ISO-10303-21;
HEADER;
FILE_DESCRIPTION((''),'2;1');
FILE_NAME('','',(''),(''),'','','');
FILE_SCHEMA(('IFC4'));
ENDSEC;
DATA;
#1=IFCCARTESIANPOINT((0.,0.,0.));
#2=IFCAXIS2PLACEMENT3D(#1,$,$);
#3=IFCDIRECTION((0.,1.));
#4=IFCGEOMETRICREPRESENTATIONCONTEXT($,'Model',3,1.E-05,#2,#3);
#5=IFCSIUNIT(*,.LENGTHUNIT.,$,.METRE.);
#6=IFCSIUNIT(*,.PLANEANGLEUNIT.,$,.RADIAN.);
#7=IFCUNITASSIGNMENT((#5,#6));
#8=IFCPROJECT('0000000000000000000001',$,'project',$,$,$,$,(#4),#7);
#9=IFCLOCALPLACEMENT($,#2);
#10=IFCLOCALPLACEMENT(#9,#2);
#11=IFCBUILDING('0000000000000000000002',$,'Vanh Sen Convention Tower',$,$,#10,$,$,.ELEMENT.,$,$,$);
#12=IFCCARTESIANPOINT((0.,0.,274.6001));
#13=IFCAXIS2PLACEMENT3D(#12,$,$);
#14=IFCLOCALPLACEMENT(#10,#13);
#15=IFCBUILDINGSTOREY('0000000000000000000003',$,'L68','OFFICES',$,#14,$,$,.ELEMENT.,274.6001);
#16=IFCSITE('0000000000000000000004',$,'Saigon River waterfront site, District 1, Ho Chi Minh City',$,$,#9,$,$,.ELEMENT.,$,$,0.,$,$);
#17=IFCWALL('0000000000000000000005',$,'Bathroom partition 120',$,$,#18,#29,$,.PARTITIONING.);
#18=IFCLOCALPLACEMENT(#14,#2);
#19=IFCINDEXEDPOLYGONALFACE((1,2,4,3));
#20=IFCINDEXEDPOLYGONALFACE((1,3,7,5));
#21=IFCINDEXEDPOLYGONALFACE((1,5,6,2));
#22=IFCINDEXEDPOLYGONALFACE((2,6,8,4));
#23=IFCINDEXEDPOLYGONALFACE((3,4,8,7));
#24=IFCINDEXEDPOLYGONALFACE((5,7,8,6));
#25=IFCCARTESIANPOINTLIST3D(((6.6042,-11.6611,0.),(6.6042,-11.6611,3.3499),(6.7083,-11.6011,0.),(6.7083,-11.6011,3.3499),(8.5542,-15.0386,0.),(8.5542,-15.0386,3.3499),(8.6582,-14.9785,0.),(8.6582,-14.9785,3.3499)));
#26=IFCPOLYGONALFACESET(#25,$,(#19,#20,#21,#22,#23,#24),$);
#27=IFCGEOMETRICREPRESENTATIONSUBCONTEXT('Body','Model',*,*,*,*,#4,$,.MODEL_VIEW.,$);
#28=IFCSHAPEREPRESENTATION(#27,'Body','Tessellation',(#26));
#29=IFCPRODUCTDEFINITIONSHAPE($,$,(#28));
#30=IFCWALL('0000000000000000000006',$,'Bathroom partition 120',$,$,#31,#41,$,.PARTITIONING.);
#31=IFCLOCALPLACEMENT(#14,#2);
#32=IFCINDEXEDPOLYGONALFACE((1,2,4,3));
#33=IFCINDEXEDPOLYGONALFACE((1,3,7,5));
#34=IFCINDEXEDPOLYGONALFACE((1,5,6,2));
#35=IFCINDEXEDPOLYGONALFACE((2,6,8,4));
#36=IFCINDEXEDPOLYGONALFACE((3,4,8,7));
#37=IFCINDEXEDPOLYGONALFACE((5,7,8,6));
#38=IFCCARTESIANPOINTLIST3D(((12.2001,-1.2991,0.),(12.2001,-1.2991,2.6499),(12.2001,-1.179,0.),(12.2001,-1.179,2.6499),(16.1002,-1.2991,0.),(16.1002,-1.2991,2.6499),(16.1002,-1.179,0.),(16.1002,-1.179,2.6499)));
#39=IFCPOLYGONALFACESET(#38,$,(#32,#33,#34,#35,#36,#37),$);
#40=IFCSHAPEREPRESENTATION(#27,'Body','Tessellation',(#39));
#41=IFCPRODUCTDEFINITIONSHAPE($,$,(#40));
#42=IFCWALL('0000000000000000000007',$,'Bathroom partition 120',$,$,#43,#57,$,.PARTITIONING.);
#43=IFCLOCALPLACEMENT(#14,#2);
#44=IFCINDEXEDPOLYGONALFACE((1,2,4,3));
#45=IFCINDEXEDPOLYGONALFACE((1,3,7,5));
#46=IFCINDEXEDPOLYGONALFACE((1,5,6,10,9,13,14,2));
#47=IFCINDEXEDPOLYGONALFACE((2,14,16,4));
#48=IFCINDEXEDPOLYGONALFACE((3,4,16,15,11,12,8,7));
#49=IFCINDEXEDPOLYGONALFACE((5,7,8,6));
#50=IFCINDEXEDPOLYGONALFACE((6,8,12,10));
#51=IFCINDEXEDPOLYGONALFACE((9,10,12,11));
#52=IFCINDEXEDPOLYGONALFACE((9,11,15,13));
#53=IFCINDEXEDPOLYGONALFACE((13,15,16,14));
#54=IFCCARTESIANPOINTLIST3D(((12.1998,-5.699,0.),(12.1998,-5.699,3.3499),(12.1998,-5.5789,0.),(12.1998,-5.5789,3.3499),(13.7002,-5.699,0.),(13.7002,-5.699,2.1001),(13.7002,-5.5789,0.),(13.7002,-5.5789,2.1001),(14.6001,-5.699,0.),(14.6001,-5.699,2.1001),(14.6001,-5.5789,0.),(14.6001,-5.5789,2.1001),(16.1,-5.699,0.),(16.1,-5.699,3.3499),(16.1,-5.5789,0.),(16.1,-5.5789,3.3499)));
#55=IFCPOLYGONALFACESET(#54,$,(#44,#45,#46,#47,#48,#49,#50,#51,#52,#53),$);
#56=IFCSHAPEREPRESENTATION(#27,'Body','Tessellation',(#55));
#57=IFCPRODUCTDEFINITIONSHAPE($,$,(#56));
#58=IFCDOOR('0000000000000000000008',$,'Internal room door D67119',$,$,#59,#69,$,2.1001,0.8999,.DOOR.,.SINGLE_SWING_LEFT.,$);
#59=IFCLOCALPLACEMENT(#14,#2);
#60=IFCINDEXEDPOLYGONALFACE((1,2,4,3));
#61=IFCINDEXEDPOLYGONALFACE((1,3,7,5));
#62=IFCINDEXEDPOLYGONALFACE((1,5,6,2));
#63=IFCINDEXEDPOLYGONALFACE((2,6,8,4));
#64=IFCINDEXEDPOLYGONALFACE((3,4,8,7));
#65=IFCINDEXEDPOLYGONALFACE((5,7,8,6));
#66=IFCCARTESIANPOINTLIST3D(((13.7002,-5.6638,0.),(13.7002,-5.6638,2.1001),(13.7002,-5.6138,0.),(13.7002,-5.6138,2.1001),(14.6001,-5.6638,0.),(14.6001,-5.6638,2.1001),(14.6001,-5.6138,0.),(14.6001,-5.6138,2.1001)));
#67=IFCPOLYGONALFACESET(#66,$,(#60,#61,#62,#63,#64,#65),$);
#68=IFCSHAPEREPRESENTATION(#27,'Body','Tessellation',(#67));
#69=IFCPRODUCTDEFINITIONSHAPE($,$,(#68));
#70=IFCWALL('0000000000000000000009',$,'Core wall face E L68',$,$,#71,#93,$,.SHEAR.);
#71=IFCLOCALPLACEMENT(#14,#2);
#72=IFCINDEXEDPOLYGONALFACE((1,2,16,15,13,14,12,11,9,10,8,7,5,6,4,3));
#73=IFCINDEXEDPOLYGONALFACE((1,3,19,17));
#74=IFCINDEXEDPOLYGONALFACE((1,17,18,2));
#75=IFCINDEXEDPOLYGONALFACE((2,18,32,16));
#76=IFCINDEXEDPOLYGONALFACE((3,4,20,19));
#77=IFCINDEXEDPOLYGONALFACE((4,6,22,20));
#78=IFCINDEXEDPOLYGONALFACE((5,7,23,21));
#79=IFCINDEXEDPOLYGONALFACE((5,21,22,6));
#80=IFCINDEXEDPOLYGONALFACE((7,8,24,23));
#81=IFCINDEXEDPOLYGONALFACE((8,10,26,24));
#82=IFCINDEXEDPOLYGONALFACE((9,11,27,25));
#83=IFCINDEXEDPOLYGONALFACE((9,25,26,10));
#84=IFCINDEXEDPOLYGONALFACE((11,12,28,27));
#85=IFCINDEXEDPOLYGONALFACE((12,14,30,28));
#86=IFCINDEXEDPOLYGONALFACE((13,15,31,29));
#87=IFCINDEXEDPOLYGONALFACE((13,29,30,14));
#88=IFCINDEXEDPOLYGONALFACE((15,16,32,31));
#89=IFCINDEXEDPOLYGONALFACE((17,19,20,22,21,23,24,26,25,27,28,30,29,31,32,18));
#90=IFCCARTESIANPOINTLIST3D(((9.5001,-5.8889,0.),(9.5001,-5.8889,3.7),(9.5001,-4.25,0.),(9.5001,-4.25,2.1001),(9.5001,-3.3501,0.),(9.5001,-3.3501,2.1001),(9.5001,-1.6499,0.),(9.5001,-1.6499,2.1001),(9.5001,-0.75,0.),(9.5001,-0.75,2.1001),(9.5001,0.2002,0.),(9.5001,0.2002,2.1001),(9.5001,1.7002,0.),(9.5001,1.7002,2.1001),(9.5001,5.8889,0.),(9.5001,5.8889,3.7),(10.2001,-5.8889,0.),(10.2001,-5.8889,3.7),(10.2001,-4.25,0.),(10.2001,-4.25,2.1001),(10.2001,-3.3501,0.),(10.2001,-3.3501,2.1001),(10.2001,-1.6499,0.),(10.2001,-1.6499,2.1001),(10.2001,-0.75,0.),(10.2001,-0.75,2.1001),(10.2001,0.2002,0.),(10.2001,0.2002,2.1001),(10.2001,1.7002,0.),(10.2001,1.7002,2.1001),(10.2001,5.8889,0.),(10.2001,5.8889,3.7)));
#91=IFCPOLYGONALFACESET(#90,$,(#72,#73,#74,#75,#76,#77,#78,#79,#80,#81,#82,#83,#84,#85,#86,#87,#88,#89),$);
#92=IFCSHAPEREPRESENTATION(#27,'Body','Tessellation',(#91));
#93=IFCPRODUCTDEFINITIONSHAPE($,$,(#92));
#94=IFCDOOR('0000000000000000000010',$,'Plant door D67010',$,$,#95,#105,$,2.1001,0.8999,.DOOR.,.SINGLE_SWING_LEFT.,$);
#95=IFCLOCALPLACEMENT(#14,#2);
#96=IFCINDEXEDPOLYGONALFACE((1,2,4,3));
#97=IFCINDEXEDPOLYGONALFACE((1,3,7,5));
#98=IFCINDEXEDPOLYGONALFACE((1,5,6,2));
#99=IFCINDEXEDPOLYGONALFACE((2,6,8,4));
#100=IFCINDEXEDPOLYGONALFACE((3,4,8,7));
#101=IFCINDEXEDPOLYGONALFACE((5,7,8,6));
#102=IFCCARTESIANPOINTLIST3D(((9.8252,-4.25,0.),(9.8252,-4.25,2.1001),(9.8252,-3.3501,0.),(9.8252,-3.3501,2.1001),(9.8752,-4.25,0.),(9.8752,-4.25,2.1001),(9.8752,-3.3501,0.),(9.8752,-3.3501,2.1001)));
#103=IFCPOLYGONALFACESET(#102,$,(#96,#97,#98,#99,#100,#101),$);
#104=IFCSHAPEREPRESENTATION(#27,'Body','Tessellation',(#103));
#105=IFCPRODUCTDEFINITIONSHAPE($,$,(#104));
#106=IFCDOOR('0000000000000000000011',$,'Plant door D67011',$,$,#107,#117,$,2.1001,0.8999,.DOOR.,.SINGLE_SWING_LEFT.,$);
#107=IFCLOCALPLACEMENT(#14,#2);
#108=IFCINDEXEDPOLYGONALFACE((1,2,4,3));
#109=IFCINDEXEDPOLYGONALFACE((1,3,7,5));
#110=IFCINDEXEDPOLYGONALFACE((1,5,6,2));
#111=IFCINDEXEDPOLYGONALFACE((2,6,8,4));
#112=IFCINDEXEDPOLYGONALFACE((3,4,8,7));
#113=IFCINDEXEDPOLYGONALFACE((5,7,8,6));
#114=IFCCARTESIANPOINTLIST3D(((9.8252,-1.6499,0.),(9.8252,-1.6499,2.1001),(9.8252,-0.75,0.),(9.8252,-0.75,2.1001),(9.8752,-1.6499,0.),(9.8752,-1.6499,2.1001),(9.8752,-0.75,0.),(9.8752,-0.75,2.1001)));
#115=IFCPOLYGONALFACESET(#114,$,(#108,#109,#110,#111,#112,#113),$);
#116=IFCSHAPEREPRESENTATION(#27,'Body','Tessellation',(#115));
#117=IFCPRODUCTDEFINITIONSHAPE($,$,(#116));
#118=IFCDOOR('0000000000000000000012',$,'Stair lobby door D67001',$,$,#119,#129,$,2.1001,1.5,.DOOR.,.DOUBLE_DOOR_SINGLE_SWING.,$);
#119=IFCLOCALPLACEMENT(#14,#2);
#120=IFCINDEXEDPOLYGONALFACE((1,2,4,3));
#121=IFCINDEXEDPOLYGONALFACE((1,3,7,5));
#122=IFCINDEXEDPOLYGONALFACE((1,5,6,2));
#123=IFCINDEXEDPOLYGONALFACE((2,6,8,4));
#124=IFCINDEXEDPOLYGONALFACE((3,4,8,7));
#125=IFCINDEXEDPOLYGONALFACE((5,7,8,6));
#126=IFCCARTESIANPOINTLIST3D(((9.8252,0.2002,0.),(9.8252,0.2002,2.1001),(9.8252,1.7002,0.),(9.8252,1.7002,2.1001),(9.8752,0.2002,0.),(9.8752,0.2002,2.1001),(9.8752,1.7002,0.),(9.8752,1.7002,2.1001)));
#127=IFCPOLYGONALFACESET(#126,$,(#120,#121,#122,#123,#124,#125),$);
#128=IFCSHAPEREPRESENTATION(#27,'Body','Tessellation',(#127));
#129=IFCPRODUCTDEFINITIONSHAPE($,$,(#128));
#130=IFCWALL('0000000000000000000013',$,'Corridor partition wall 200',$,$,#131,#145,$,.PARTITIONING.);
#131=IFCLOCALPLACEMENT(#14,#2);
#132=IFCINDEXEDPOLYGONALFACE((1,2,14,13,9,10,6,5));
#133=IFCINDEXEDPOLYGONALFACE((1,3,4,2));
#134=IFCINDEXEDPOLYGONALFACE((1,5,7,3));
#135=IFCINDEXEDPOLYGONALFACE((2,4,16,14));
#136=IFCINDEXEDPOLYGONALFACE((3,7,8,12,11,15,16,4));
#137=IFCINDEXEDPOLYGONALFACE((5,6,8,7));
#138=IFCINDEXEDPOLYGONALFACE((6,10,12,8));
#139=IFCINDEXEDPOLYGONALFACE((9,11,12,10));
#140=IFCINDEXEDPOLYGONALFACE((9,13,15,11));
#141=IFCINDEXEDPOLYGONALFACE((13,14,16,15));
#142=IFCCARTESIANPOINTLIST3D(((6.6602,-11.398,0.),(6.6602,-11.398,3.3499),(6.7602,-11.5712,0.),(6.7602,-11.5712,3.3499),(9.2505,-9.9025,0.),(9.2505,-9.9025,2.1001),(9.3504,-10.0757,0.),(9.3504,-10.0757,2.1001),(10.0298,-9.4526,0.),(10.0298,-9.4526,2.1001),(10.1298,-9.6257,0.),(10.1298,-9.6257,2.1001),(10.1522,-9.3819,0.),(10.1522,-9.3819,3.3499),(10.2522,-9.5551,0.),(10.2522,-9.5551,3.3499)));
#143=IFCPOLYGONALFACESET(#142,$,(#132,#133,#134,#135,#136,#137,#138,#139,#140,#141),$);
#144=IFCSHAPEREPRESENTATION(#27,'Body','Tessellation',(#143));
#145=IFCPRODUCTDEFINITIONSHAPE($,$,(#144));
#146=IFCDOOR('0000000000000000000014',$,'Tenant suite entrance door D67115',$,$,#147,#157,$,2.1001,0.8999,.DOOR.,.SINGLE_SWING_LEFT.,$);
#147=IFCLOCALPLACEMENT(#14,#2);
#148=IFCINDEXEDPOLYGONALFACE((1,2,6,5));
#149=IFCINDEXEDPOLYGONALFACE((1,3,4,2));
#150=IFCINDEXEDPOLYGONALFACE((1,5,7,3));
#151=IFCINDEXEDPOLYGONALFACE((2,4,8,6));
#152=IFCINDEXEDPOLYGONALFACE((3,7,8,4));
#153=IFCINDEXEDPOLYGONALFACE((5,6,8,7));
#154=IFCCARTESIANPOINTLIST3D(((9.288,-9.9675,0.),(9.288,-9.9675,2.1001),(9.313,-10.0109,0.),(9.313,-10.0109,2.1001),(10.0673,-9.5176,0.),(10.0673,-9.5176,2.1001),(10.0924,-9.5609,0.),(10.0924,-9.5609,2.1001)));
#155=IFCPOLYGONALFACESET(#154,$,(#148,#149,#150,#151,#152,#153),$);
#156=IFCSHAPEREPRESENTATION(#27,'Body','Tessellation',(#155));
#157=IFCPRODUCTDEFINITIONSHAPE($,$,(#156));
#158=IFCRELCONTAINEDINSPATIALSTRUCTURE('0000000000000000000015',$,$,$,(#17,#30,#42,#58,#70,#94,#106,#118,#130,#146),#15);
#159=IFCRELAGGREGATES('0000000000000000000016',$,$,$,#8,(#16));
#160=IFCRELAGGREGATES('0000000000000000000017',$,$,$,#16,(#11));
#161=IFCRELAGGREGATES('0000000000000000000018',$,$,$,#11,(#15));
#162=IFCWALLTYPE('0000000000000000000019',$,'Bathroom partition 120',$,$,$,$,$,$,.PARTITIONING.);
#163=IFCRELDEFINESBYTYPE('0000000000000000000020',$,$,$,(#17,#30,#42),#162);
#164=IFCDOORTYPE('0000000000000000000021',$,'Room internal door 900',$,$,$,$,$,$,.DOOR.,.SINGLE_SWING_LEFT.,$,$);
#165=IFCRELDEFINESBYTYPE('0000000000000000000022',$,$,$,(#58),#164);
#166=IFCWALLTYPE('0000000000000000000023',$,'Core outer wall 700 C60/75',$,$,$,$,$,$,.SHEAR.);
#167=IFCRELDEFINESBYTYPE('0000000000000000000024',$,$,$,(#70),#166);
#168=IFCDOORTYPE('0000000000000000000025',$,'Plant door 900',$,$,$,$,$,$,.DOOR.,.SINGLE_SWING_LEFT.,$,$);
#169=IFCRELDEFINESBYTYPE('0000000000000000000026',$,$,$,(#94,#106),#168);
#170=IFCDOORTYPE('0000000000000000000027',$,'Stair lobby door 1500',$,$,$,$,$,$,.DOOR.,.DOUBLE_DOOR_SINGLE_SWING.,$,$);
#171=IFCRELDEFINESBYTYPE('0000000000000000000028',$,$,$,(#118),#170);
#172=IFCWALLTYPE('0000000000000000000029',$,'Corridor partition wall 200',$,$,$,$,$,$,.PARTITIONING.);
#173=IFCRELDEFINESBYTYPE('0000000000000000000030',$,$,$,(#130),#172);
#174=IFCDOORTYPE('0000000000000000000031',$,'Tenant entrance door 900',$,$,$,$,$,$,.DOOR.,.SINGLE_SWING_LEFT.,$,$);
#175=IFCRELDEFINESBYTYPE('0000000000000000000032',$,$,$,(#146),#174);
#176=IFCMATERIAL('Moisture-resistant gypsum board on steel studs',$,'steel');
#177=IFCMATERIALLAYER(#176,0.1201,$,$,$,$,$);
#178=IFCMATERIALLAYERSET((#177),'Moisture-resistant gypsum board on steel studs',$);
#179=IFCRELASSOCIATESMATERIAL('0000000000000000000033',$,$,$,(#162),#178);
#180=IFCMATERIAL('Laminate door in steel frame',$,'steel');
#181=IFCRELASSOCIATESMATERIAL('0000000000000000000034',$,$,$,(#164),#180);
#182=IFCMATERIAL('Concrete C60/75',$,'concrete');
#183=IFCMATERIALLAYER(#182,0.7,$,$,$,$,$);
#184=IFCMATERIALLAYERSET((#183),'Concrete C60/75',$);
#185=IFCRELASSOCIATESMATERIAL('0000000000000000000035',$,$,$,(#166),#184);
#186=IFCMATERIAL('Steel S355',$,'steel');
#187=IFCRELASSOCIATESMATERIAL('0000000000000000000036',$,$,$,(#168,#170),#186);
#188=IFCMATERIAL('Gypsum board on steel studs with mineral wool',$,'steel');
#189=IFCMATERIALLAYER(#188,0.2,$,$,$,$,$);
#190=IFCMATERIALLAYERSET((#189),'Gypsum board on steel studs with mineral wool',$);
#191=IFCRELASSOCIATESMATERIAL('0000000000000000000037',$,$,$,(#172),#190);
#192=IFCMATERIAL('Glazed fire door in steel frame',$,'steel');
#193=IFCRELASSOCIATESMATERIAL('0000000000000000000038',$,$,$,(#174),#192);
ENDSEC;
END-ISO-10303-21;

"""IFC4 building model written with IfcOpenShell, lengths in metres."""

from ifc_helpers import new_model, si_unit, direction, frame, frame_2d, origin, place, context, subcontext, project, spatial, rectangle, extrude, material, layer, layer_set, type_object, element, fill, save


model = new_model("IFC4")

# Units and contexts
model_context = context("Model", 3, precision=1e-05, world=origin(), true_north=direction((0.0, 1.0)))
body_context = subcontext(model_context, "Body", "Model", "MODEL_VIEW")
ifc_project = project(units=[si_unit("LENGTHUNIT", "METRE"), si_unit("PLANEANGLEUNIT", "RADIAN")], contexts=[model_context])

# Site, building, storey
site_placement = place(None, origin())
site = spatial("IfcSite", under=ifc_project, at=site_placement, Name="Saigon River waterfront site, District 1, Ho Chi Minh City", CompositionType="ELEMENT", RefElevation=0.0)
building_placement = place(site_placement, origin())
building = spatial("IfcBuilding", under=site, at=building_placement, Name="Vanh Sen Convention Tower", CompositionType="ELEMENT")
storey_placement = place(building_placement, frame((0.0, 0.0, 274.6001)))
storey = spatial("IfcBuildingStorey", under=building, at=storey_placement, Name="L68", Description="OFFICES", CompositionType="ELEMENT", Elevation=274.6001)

# Walls
ifc_material_1 = material(Name="Moisture-resistant gypsum board on steel studs", Category="steel")
ifc_layer_1 = layer(ifc_material_1, 0.1201)
ifc_layer_set_1 = layer_set([ifc_layer_1], Name="Moisture-resistant gypsum board on steel studs")
wall_type_1 = type_object("IfcWallType", Name="Bathroom partition 120", PredefinedType="PARTITIONING", material=ifc_layer_set_1)
wall_1_placement = place(storey_placement, frame((6.6562, -11.6311, 0.0), z_axis=(0.0, 0.0, 1.0), x_axis=(0.499997, -0.866027, 0.0)))
element("IfcWall", 1, at=wall_1_placement, inside=storey, type_object=wall_type_1, Name="Bathroom partition 120", PredefinedType="PARTITIONING", context=body_context, shape_type="SweptSolid", body=[
    extrude(rectangle(XDim=3.8999, YDim=0.1201, at=frame_2d((1.95, 0.0))), origin(), (0.0, 0.0, 1.0), 3.3499),
])
wall_2_placement = place(storey_placement, frame((12.2, -1.239, 0.0), z_axis=(0.0, 0.0, 1.0), x_axis=(1.0, 0.0, 0.0)))
element("IfcWall", 2, at=wall_2_placement, inside=storey, type_object=wall_type_1, Name="Bathroom partition 120", PredefinedType="PARTITIONING", context=body_context, shape_type="SweptSolid", body=[
    extrude(rectangle(XDim=3.9001, YDim=0.1201, at=frame_2d((1.9502, 0.0))), origin(), (0.0, 0.0, 1.0), 2.6499),
])

# Wall, opening, door
wall_3_placement = place(storey_placement, frame((16.1001, -5.6389, 0.0), z_axis=(0.0, 0.0, 1.0), x_axis=(-1.0, 0.0, 0.0)))
wall_3 = element("IfcWall", 3, at=wall_3_placement, inside=storey, type_object=wall_type_1, Name="Bathroom partition 120", PredefinedType="PARTITIONING", context=body_context, shape_type="SweptSolid", body=[
    extrude(rectangle(XDim=3.9001, YDim=0.1201, at=frame_2d((1.9502, 0.0))), origin(), (0.0, 0.0, 1.0), 3.3499),
])
opening_1_placement = place(wall_3_placement, frame((1.5, 0.0, 0.0)))
opening_1 = element("IfcOpeningElement", 4, at=opening_1_placement, cuts=wall_3, PredefinedType="OPENING", context=body_context, shape_type="SweptSolid", body=[
    extrude(rectangle(XDim=0.8999, YDim=2.1001, at=frame_2d((0.45, 1.05))), frame((0.0, 0.0701, 0.0), z_axis=(0.0, -1.0, 0.0), x_axis=(1.0, 0.0, 0.0)), (0.0, 0.0, 1.0), 0.1401),
])
ifc_material_2 = material(Name="Laminate door in steel frame", Category="steel")
door_type_1 = type_object("IfcDoorType", Name="Room internal door 900", OperationType="SINGLE_SWING_LEFT", PredefinedType="DOOR", material=ifc_material_2)
door_1_placement = place(opening_1_placement, origin())
door_1 = element("IfcDoor", 5, at=door_1_placement, inside=storey, type_object=door_type_1, Name="Internal room door D67119", OperationType="SINGLE_SWING_LEFT", OverallHeight=2.1001, OverallWidth=0.8999, PredefinedType="DOOR", context=body_context, shape_type="SweptSolid", body=[
    extrude(rectangle(XDim=0.8999, YDim=2.1001, at=frame_2d((0.45, 1.05))), frame((0.0, 0.0249, 0.0), z_axis=(0.0, -1.0, 0.0), x_axis=(1.0, 0.0, 0.0)), (0.0, 0.0, 1.0), 0.05),
])
fill(opening_1, door_1)

# Wall, openings, doors
ifc_material_3 = material(Name="Concrete C60/75", Category="concrete")
ifc_layer_2 = layer(ifc_material_3, 0.7)
ifc_layer_set_2 = layer_set([ifc_layer_2], Name="Concrete C60/75")
wall_type_2 = type_object("IfcWallType", Name="Core outer wall 700 C60/75", PredefinedType="SHEAR", material=ifc_layer_set_2)
wall_4_placement = place(storey_placement, frame((9.8501, -5.8889, 0.0), z_axis=(0.0, 0.0, 1.0), x_axis=(0.0, 1.0, 0.0)))
wall_4 = element("IfcWall", 6, at=wall_4_placement, inside=storey, type_object=wall_type_2, Name="Core wall face E L68", PredefinedType="SHEAR", context=body_context, shape_type="SweptSolid", body=[
    extrude(rectangle(XDim=11.7778, YDim=0.7, at=frame_2d((5.8889, 0.0))), origin(), (0.0, 0.0, 1.0), 3.7),
])
opening_2_placement = place(wall_4_placement, frame((6.0891, 0.0, 0.0)))
opening_2 = element("IfcOpeningElement", 7, at=opening_2_placement, cuts=wall_4, PredefinedType="OPENING", context=body_context, shape_type="SweptSolid", body=[
    extrude(rectangle(XDim=1.5, YDim=2.1001, at=frame_2d((0.75, 1.05))), frame((0.0, 0.3599, 0.0), z_axis=(0.0, -1.0, 0.0), x_axis=(1.0, 0.0, 0.0)), (0.0, 0.0, 1.0), 0.72),
])
opening_3_placement = place(wall_4_placement, frame((1.6389, 0.0, 0.0)))
opening_3 = element("IfcOpeningElement", 8, at=opening_3_placement, cuts=wall_4, PredefinedType="OPENING", context=body_context, shape_type="SweptSolid", body=[
    extrude(rectangle(XDim=0.8999, YDim=2.1001, at=frame_2d((0.45, 1.05))), frame((0.0, 0.3599, 0.0), z_axis=(0.0, -1.0, 0.0), x_axis=(1.0, 0.0, 0.0)), (0.0, 0.0, 1.0), 0.72),
])
opening_4_placement = place(wall_4_placement, frame((4.239, 0.0, 0.0)))
opening_4 = element("IfcOpeningElement", 9, at=opening_4_placement, cuts=wall_4, PredefinedType="OPENING", context=body_context, shape_type="SweptSolid", body=[
    extrude(rectangle(XDim=0.8999, YDim=2.1001, at=frame_2d((0.45, 1.05))), frame((0.0, 0.3599, 0.0), z_axis=(0.0, -1.0, 0.0), x_axis=(1.0, 0.0, 0.0)), (0.0, 0.0, 1.0), 0.72),
])
ifc_material_4 = material(Name="Steel S355", Category="steel")
door_type_2 = type_object("IfcDoorType", Name="Plant door 900", OperationType="SINGLE_SWING_LEFT", PredefinedType="DOOR", material=ifc_material_4)
door_2_placement = place(opening_3_placement, origin())
door_2 = element("IfcDoor", 10, at=door_2_placement, inside=storey, type_object=door_type_2, Name="Plant door D67010", OperationType="SINGLE_SWING_LEFT", OverallHeight=2.1001, OverallWidth=0.8999, PredefinedType="DOOR", context=body_context, shape_type="SweptSolid", body=[
    extrude(rectangle(XDim=0.8999, YDim=2.1001, at=frame_2d((0.45, 1.05))), frame((0.0, 0.0249, 0.0), z_axis=(0.0, -1.0, 0.0), x_axis=(1.0, 0.0, 0.0)), (0.0, 0.0, 1.0), 0.05),
])
fill(opening_3, door_2)
door_3_placement = place(opening_4_placement, origin())
door_3 = element("IfcDoor", 11, at=door_3_placement, inside=storey, type_object=door_type_2, Name="Plant door D67011", OperationType="SINGLE_SWING_LEFT", OverallHeight=2.1001, OverallWidth=0.8999, PredefinedType="DOOR", context=body_context, shape_type="SweptSolid", body=[
    extrude(rectangle(XDim=0.8999, YDim=2.1001, at=frame_2d((0.45, 1.05))), frame((0.0, 0.0249, 0.0), z_axis=(0.0, -1.0, 0.0), x_axis=(1.0, 0.0, 0.0)), (0.0, 0.0, 1.0), 0.05),
])
fill(opening_4, door_3)
door_type_3 = type_object("IfcDoorType", Name="Stair lobby door 1500", OperationType="DOUBLE_DOOR_SINGLE_SWING", PredefinedType="DOOR", material=ifc_material_4)
door_4_placement = place(opening_2_placement, origin())
door_4 = element("IfcDoor", 12, at=door_4_placement, inside=storey, type_object=door_type_3, Name="Stair lobby door D67001", OperationType="DOUBLE_DOOR_SINGLE_SWING", OverallHeight=2.1001, OverallWidth=1.5, PredefinedType="DOOR", context=body_context, shape_type="SweptSolid", body=[
    extrude(rectangle(XDim=1.5, YDim=2.1001, at=frame_2d((0.75, 1.05))), frame((0.0, 0.0249, 0.0), z_axis=(0.0, -1.0, 0.0), x_axis=(1.0, 0.0, 0.0)), (0.0, 0.0, 1.0), 0.05),
])
fill(opening_2, door_4)

# Wall, opening, door
ifc_material_5 = material(Name="Gypsum board on steel studs with mineral wool", Category="steel")
ifc_layer_3 = layer(ifc_material_5, 0.2)
ifc_layer_set_3 = layer_set([ifc_layer_3], Name="Gypsum board on steel studs with mineral wool")
wall_type_3 = type_object("IfcWallType", Name="Corridor partition wall 200", PredefinedType="PARTITIONING", material=ifc_layer_set_3)
wall_5_placement = place(storey_placement, frame((6.7102, -11.4846, 0.0), z_axis=(0.0, 0.0, 1.0), x_axis=(0.866021, 0.500007, 0.0)))
wall_5 = element("IfcWall", 13, at=wall_5_placement, inside=storey, type_object=wall_type_3, Name="Corridor partition wall 200", PredefinedType="PARTITIONING", context=body_context, shape_type="SweptSolid", body=[
    extrude(rectangle(XDim=4.0322, YDim=0.2, at=frame_2d((2.0161, 0.0))), origin(), (0.0, 0.0, 1.0), 3.3499),
])
opening_5_placement = place(wall_5_placement, frame((2.991, 0.0, 0.0)))
opening_5 = element("IfcOpeningElement", 14, at=opening_5_placement, cuts=wall_5, PredefinedType="OPENING", context=body_context, shape_type="SweptSolid", body=[
    extrude(rectangle(XDim=0.8999, YDim=2.1001, at=frame_2d((0.45, 1.05))), frame((0.0, 0.1099, 0.0), z_axis=(0.0, -1.0, 0.0), x_axis=(1.0, 0.0, 0.0)), (0.0, 0.0, 1.0), 0.22),
])
ifc_material_6 = material(Name="Glazed fire door in steel frame", Category="steel")
door_type_4 = type_object("IfcDoorType", Name="Tenant entrance door 900", OperationType="SINGLE_SWING_LEFT", PredefinedType="DOOR", material=ifc_material_6)
door_5_placement = place(opening_5_placement, origin())
door_5 = element("IfcDoor", 15, at=door_5_placement, inside=storey, type_object=door_type_4, Name="Tenant suite entrance door D67115", OperationType="SINGLE_SWING_LEFT", OverallHeight=2.1001, OverallWidth=0.8999, PredefinedType="DOOR", context=body_context, shape_type="SweptSolid", body=[
    extrude(rectangle(XDim=0.8999, YDim=2.1001, at=frame_2d((0.45, 1.05))), frame((0.0, 0.0249, 0.0), z_axis=(0.0, -1.0, 0.0), x_axis=(1.0, 0.0, 0.0)), (0.0, 0.0, 1.0), 0.05),
])
fill(opening_5, door_5)

save(model, "model.ifc")
